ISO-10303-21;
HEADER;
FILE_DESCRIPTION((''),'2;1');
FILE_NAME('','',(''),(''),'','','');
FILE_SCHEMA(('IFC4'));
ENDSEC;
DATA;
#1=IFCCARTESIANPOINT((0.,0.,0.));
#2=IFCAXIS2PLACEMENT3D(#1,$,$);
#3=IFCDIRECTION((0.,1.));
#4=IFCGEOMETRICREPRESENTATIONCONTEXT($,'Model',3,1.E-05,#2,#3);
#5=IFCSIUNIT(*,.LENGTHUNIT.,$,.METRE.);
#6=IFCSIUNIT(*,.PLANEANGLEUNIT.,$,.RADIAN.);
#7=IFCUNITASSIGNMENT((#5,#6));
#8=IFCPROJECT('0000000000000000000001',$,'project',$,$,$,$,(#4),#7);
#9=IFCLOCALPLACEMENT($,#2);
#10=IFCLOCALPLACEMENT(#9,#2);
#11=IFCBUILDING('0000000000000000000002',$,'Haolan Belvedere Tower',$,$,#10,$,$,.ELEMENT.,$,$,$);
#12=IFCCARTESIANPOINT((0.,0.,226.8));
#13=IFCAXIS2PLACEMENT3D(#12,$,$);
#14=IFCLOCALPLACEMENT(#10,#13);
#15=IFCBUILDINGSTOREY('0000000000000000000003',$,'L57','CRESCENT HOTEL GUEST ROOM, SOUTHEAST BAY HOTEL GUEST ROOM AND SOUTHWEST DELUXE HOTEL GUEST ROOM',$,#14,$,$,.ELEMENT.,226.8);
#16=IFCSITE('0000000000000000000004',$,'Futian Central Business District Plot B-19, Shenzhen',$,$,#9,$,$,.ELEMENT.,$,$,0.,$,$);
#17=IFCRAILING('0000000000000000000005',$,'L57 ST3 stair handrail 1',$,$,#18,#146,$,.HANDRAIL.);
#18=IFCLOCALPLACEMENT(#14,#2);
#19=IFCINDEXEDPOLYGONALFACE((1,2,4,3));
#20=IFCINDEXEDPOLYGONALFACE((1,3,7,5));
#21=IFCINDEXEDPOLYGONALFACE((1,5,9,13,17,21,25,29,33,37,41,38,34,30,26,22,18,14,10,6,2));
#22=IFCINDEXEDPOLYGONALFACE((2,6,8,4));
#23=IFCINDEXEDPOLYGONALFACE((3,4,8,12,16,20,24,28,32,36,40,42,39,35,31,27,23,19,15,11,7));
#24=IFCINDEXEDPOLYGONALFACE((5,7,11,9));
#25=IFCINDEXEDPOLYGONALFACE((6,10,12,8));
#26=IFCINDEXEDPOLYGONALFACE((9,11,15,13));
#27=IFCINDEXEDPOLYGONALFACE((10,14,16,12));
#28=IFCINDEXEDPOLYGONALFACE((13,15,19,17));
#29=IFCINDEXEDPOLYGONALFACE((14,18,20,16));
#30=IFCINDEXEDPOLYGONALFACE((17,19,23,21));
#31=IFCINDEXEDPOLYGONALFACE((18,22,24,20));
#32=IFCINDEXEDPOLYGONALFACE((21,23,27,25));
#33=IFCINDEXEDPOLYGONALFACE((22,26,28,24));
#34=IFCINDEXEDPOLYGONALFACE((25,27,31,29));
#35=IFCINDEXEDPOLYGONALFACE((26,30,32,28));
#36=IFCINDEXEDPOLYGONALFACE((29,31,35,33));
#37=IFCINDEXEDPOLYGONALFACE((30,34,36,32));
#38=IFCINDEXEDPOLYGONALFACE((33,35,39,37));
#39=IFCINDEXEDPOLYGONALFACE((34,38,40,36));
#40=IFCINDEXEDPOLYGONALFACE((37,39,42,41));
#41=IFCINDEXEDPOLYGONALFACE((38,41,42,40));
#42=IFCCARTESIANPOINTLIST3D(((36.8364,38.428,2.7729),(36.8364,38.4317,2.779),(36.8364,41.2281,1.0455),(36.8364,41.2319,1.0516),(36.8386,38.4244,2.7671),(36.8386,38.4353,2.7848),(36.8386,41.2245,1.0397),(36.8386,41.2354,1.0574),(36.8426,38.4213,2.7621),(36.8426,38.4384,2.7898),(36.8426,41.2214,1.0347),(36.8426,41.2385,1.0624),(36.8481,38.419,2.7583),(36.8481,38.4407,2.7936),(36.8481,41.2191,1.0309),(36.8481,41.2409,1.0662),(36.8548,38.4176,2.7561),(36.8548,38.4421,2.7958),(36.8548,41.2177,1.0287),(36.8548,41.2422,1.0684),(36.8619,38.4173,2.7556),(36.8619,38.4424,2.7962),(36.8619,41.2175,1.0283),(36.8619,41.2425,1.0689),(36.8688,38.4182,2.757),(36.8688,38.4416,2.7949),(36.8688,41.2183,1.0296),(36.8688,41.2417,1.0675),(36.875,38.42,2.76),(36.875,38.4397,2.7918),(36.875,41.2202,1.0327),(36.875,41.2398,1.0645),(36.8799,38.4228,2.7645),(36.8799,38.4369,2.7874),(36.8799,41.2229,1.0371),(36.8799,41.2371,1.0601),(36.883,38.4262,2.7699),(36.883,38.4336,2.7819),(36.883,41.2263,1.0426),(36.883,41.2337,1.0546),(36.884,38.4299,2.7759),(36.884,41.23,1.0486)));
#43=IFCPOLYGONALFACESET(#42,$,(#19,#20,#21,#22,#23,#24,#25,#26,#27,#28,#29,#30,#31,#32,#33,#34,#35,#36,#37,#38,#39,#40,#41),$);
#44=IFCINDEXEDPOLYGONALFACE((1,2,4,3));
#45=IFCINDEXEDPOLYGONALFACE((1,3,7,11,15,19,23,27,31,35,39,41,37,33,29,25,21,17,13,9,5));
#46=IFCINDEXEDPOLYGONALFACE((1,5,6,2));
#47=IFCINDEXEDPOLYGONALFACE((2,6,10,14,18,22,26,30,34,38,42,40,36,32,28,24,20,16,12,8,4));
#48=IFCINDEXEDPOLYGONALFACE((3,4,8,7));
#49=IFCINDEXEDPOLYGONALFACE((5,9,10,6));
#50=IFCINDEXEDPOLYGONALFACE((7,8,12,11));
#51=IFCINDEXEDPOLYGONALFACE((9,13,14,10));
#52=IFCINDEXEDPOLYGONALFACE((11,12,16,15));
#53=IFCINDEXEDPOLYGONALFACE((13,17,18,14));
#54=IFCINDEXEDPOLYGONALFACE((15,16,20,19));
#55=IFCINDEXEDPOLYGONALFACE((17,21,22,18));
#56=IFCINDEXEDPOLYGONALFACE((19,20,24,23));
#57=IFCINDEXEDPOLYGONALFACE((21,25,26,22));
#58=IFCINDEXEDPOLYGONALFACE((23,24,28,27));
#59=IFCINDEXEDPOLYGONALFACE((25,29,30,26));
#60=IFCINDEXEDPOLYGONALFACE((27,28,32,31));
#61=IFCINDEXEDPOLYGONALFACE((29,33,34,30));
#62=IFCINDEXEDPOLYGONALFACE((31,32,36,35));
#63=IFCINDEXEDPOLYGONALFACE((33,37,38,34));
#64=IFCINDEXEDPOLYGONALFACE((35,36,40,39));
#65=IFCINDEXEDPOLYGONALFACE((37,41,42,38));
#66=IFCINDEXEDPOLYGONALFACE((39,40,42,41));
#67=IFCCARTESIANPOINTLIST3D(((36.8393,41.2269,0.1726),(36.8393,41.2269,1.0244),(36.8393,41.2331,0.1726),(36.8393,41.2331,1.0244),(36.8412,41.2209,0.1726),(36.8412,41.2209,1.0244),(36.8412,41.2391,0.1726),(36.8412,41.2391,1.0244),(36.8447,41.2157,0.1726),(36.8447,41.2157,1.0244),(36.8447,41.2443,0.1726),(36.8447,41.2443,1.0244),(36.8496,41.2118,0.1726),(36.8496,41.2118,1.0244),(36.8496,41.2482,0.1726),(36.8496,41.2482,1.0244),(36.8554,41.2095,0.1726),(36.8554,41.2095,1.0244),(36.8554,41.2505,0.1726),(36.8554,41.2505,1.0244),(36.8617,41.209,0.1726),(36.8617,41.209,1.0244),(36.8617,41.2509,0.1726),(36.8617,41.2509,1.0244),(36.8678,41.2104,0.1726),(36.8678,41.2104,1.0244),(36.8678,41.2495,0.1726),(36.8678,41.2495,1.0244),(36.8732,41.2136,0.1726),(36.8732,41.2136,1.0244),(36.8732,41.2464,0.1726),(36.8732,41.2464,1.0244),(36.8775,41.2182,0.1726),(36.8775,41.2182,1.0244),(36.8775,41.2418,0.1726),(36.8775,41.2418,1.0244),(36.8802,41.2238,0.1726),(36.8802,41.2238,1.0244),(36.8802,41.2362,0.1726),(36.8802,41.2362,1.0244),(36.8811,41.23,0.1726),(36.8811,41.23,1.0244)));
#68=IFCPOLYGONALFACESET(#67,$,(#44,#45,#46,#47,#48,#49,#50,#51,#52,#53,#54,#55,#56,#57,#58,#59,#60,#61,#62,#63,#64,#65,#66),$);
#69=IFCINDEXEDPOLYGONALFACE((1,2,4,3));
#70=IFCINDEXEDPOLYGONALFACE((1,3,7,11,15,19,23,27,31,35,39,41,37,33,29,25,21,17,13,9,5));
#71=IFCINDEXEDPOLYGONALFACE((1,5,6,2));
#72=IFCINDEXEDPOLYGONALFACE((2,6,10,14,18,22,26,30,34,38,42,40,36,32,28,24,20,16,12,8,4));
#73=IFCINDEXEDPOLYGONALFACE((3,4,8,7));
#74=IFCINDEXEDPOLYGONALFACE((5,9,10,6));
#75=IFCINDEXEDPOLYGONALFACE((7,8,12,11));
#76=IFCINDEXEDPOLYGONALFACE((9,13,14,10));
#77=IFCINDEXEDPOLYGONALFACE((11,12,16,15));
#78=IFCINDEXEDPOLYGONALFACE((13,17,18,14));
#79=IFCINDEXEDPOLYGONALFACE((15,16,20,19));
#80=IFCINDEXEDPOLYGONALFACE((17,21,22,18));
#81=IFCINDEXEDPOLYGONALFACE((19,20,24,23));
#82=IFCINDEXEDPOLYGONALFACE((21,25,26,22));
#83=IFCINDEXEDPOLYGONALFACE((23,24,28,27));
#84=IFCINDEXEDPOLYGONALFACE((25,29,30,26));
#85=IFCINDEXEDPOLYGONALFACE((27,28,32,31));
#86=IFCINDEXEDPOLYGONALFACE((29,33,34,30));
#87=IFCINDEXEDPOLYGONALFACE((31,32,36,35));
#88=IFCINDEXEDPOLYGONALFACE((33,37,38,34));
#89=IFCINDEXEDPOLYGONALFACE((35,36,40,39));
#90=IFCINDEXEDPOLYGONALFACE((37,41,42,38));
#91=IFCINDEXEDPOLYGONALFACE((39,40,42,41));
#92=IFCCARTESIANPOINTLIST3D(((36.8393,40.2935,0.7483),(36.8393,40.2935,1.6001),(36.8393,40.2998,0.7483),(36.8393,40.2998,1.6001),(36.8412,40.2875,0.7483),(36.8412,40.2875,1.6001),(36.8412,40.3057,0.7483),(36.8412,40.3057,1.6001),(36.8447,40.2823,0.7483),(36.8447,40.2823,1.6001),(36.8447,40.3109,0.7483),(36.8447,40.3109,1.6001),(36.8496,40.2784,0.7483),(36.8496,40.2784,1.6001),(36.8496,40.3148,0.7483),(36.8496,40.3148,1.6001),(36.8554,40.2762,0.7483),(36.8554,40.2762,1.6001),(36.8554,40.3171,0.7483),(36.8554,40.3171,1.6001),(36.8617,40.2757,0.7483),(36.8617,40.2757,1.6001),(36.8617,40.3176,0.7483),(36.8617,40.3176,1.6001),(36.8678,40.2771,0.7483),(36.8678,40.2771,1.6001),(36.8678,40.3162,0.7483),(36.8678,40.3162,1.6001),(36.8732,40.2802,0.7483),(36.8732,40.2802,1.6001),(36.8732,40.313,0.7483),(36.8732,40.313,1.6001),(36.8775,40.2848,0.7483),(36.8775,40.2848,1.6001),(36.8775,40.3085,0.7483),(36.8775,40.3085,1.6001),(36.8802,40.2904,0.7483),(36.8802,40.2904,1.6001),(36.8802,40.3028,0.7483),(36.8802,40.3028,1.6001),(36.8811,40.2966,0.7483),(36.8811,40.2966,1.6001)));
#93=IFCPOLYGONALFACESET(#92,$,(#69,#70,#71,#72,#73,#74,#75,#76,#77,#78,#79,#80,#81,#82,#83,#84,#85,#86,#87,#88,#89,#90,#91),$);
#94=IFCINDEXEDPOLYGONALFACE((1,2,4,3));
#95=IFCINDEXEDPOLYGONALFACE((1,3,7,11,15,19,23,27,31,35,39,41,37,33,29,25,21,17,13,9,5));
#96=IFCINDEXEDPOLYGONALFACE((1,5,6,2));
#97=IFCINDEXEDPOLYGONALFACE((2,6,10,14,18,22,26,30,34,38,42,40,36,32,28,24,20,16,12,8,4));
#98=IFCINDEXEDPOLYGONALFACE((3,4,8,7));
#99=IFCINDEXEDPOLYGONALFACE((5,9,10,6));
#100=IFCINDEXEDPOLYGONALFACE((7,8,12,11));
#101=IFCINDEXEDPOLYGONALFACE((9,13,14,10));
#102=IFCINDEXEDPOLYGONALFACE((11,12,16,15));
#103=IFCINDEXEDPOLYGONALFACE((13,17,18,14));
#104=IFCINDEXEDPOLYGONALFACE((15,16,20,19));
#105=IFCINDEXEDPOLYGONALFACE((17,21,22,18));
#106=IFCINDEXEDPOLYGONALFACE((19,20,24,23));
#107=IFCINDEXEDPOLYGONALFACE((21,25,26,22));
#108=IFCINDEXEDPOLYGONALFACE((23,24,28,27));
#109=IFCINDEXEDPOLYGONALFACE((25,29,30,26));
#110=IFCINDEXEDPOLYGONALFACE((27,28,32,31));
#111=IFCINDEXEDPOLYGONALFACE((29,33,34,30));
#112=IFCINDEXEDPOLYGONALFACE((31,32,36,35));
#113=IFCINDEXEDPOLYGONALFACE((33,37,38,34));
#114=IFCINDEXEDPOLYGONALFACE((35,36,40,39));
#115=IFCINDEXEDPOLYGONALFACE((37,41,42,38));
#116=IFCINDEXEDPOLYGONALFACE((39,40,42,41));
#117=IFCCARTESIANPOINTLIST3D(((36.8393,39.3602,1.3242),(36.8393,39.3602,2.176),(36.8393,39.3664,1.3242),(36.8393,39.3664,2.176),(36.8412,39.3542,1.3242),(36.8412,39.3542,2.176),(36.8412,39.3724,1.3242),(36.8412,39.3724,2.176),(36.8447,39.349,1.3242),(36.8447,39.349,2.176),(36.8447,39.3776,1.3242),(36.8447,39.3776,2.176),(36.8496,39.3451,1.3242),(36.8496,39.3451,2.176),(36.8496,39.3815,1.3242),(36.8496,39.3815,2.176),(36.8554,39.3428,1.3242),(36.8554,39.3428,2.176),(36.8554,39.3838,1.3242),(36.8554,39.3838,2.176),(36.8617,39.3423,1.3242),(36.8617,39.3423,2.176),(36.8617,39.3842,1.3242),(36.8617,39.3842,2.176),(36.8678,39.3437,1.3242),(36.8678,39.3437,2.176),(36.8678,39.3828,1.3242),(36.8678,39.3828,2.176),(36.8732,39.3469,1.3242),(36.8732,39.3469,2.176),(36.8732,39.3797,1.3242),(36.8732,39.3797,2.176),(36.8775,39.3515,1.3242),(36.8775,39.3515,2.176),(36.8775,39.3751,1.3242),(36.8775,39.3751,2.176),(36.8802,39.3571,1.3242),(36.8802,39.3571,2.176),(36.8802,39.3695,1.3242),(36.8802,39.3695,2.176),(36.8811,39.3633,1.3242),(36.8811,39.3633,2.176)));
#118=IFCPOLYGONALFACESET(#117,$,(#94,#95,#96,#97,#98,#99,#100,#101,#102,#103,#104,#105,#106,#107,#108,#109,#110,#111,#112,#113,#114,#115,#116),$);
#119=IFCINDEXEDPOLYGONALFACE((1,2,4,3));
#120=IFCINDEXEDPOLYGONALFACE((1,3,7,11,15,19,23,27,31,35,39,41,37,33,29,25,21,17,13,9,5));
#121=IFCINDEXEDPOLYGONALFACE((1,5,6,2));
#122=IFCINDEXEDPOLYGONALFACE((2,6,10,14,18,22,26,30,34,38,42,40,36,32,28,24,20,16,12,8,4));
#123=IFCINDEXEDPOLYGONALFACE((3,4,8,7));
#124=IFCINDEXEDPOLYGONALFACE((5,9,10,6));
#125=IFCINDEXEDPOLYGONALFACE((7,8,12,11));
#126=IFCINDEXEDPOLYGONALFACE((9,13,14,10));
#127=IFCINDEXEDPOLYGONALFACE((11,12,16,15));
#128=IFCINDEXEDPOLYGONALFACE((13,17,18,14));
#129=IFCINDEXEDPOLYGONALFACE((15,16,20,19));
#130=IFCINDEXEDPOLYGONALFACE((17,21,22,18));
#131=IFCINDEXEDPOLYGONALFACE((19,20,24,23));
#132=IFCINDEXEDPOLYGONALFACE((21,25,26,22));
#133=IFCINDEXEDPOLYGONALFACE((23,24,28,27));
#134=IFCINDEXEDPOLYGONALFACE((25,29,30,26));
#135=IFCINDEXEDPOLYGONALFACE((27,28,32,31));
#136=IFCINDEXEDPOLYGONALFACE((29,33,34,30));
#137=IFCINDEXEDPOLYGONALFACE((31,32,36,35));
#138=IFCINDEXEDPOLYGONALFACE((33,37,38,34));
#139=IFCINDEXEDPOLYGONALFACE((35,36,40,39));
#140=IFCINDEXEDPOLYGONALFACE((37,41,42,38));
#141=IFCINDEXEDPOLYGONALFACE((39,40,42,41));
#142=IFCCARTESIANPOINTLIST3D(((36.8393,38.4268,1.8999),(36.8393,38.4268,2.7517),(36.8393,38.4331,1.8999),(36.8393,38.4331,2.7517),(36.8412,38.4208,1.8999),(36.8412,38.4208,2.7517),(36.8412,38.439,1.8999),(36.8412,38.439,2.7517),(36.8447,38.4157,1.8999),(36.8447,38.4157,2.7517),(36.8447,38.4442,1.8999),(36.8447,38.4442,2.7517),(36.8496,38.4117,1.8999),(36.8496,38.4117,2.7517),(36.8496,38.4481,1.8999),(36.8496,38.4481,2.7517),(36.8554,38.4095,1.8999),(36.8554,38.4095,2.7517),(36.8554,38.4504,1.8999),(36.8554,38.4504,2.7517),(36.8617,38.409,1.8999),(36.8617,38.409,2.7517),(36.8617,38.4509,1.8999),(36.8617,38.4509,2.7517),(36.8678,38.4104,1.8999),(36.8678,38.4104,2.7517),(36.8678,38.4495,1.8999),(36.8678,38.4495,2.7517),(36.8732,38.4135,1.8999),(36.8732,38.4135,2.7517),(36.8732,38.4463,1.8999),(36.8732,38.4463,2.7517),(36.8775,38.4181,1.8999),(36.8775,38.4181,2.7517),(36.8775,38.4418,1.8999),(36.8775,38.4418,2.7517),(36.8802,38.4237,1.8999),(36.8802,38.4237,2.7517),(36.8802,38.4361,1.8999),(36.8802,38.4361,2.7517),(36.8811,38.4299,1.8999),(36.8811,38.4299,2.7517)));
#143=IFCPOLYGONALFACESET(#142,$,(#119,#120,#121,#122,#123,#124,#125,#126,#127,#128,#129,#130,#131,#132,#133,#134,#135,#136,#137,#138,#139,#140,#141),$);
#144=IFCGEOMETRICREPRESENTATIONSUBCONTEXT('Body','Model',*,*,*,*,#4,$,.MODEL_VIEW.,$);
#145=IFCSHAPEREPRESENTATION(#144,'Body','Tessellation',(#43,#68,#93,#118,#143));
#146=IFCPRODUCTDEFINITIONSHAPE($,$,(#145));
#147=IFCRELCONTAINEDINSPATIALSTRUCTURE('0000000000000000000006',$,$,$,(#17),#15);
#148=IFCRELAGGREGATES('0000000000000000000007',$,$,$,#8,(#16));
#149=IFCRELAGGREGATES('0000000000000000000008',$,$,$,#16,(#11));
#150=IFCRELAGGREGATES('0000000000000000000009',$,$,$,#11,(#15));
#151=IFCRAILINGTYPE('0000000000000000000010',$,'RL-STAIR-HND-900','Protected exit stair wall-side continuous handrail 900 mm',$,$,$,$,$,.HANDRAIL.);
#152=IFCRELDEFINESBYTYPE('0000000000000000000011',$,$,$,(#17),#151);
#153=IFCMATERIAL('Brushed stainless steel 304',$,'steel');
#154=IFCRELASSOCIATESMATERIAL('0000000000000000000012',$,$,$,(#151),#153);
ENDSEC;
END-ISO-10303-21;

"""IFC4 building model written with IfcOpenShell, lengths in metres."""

from ifc_helpers import new_model, si_unit, direction, frame, origin, origin_2d, place, context, subcontext, project, spatial, circle, extrude, material, type_object, element, save


model = new_model("IFC4")

# Units and contexts
model_context = context("Model", 3, precision=1e-05, world=origin(), true_north=direction((0.0, 1.0)))
body_context = subcontext(model_context, "Body", "Model", "MODEL_VIEW")
ifc_project = project(units=[si_unit("LENGTHUNIT", "METRE"), si_unit("PLANEANGLEUNIT", "RADIAN")], contexts=[model_context])

# Site, building, storey
site_placement = place(None, origin())
site = spatial("IfcSite", under=ifc_project, at=site_placement, Name="Futian Central Business District Plot B-19, Shenzhen", CompositionType="ELEMENT", RefElevation=0.0)
building_placement = place(site_placement, origin())
building = spatial("IfcBuilding", under=site, at=building_placement, Name="Haolan Belvedere Tower", CompositionType="ELEMENT")
storey_placement = place(building_placement, frame((0.0, 0.0, 226.8)))
storey = spatial("IfcBuildingStorey", under=building, at=storey_placement, Name="L57", Description="CRESCENT HOTEL GUEST ROOM, SOUTHEAST BAY HOTEL GUEST ROOM AND SOUTHWEST DELUXE HOTEL GUEST ROOM", CompositionType="ELEMENT", Elevation=226.8)

# Railing
ifc_material_1 = material(Name="Brushed stainless steel 304", Category="steel")
railing_type_1 = type_object("IfcRailingType", Name="RL-STAIR-HND-900", Description="Protected exit stair wall-side continuous handrail 900 mm", PredefinedType="HANDRAIL", material=ifc_material_1)
railing_1_placement = place(storey_placement, frame((36.8601, 41.23, 0.1726)))
element("IfcRailing", 1, at=railing_1_placement, inside=storey, type_object=railing_type_1, Name="L57 ST3 stair handrail 1", PredefinedType="HANDRAIL", context=body_context, shape_type="SweptSolid", body=[
    extrude(circle(Radius=0.0239, at=origin_2d()), frame((0.0, 0.0, 0.876), z_axis=(0.0, -0.85109, 0.52502), x_axis=(1.0, 0.0, 0.0)), (0.0, 0.0, 1.0), 3.29),
    extrude(circle(Radius=0.021, at=origin_2d()), origin(), (0.0, 0.0, 1.0), 0.8518),
    extrude(circle(Radius=0.021, at=origin_2d()), frame((0.0, -0.9333, 0.5757)), (0.0, 0.0, 1.0), 0.8518),
    extrude(circle(Radius=0.021, at=origin_2d()), frame((0.0, -1.8667, 1.1516)), (0.0, 0.0, 1.0), 0.8518),
    extrude(circle(Radius=0.021, at=origin_2d()), frame((0.0, -2.8, 1.7273)), (0.0, 0.0, 1.0), 0.8518),
])

save(model, "model.ifc")
